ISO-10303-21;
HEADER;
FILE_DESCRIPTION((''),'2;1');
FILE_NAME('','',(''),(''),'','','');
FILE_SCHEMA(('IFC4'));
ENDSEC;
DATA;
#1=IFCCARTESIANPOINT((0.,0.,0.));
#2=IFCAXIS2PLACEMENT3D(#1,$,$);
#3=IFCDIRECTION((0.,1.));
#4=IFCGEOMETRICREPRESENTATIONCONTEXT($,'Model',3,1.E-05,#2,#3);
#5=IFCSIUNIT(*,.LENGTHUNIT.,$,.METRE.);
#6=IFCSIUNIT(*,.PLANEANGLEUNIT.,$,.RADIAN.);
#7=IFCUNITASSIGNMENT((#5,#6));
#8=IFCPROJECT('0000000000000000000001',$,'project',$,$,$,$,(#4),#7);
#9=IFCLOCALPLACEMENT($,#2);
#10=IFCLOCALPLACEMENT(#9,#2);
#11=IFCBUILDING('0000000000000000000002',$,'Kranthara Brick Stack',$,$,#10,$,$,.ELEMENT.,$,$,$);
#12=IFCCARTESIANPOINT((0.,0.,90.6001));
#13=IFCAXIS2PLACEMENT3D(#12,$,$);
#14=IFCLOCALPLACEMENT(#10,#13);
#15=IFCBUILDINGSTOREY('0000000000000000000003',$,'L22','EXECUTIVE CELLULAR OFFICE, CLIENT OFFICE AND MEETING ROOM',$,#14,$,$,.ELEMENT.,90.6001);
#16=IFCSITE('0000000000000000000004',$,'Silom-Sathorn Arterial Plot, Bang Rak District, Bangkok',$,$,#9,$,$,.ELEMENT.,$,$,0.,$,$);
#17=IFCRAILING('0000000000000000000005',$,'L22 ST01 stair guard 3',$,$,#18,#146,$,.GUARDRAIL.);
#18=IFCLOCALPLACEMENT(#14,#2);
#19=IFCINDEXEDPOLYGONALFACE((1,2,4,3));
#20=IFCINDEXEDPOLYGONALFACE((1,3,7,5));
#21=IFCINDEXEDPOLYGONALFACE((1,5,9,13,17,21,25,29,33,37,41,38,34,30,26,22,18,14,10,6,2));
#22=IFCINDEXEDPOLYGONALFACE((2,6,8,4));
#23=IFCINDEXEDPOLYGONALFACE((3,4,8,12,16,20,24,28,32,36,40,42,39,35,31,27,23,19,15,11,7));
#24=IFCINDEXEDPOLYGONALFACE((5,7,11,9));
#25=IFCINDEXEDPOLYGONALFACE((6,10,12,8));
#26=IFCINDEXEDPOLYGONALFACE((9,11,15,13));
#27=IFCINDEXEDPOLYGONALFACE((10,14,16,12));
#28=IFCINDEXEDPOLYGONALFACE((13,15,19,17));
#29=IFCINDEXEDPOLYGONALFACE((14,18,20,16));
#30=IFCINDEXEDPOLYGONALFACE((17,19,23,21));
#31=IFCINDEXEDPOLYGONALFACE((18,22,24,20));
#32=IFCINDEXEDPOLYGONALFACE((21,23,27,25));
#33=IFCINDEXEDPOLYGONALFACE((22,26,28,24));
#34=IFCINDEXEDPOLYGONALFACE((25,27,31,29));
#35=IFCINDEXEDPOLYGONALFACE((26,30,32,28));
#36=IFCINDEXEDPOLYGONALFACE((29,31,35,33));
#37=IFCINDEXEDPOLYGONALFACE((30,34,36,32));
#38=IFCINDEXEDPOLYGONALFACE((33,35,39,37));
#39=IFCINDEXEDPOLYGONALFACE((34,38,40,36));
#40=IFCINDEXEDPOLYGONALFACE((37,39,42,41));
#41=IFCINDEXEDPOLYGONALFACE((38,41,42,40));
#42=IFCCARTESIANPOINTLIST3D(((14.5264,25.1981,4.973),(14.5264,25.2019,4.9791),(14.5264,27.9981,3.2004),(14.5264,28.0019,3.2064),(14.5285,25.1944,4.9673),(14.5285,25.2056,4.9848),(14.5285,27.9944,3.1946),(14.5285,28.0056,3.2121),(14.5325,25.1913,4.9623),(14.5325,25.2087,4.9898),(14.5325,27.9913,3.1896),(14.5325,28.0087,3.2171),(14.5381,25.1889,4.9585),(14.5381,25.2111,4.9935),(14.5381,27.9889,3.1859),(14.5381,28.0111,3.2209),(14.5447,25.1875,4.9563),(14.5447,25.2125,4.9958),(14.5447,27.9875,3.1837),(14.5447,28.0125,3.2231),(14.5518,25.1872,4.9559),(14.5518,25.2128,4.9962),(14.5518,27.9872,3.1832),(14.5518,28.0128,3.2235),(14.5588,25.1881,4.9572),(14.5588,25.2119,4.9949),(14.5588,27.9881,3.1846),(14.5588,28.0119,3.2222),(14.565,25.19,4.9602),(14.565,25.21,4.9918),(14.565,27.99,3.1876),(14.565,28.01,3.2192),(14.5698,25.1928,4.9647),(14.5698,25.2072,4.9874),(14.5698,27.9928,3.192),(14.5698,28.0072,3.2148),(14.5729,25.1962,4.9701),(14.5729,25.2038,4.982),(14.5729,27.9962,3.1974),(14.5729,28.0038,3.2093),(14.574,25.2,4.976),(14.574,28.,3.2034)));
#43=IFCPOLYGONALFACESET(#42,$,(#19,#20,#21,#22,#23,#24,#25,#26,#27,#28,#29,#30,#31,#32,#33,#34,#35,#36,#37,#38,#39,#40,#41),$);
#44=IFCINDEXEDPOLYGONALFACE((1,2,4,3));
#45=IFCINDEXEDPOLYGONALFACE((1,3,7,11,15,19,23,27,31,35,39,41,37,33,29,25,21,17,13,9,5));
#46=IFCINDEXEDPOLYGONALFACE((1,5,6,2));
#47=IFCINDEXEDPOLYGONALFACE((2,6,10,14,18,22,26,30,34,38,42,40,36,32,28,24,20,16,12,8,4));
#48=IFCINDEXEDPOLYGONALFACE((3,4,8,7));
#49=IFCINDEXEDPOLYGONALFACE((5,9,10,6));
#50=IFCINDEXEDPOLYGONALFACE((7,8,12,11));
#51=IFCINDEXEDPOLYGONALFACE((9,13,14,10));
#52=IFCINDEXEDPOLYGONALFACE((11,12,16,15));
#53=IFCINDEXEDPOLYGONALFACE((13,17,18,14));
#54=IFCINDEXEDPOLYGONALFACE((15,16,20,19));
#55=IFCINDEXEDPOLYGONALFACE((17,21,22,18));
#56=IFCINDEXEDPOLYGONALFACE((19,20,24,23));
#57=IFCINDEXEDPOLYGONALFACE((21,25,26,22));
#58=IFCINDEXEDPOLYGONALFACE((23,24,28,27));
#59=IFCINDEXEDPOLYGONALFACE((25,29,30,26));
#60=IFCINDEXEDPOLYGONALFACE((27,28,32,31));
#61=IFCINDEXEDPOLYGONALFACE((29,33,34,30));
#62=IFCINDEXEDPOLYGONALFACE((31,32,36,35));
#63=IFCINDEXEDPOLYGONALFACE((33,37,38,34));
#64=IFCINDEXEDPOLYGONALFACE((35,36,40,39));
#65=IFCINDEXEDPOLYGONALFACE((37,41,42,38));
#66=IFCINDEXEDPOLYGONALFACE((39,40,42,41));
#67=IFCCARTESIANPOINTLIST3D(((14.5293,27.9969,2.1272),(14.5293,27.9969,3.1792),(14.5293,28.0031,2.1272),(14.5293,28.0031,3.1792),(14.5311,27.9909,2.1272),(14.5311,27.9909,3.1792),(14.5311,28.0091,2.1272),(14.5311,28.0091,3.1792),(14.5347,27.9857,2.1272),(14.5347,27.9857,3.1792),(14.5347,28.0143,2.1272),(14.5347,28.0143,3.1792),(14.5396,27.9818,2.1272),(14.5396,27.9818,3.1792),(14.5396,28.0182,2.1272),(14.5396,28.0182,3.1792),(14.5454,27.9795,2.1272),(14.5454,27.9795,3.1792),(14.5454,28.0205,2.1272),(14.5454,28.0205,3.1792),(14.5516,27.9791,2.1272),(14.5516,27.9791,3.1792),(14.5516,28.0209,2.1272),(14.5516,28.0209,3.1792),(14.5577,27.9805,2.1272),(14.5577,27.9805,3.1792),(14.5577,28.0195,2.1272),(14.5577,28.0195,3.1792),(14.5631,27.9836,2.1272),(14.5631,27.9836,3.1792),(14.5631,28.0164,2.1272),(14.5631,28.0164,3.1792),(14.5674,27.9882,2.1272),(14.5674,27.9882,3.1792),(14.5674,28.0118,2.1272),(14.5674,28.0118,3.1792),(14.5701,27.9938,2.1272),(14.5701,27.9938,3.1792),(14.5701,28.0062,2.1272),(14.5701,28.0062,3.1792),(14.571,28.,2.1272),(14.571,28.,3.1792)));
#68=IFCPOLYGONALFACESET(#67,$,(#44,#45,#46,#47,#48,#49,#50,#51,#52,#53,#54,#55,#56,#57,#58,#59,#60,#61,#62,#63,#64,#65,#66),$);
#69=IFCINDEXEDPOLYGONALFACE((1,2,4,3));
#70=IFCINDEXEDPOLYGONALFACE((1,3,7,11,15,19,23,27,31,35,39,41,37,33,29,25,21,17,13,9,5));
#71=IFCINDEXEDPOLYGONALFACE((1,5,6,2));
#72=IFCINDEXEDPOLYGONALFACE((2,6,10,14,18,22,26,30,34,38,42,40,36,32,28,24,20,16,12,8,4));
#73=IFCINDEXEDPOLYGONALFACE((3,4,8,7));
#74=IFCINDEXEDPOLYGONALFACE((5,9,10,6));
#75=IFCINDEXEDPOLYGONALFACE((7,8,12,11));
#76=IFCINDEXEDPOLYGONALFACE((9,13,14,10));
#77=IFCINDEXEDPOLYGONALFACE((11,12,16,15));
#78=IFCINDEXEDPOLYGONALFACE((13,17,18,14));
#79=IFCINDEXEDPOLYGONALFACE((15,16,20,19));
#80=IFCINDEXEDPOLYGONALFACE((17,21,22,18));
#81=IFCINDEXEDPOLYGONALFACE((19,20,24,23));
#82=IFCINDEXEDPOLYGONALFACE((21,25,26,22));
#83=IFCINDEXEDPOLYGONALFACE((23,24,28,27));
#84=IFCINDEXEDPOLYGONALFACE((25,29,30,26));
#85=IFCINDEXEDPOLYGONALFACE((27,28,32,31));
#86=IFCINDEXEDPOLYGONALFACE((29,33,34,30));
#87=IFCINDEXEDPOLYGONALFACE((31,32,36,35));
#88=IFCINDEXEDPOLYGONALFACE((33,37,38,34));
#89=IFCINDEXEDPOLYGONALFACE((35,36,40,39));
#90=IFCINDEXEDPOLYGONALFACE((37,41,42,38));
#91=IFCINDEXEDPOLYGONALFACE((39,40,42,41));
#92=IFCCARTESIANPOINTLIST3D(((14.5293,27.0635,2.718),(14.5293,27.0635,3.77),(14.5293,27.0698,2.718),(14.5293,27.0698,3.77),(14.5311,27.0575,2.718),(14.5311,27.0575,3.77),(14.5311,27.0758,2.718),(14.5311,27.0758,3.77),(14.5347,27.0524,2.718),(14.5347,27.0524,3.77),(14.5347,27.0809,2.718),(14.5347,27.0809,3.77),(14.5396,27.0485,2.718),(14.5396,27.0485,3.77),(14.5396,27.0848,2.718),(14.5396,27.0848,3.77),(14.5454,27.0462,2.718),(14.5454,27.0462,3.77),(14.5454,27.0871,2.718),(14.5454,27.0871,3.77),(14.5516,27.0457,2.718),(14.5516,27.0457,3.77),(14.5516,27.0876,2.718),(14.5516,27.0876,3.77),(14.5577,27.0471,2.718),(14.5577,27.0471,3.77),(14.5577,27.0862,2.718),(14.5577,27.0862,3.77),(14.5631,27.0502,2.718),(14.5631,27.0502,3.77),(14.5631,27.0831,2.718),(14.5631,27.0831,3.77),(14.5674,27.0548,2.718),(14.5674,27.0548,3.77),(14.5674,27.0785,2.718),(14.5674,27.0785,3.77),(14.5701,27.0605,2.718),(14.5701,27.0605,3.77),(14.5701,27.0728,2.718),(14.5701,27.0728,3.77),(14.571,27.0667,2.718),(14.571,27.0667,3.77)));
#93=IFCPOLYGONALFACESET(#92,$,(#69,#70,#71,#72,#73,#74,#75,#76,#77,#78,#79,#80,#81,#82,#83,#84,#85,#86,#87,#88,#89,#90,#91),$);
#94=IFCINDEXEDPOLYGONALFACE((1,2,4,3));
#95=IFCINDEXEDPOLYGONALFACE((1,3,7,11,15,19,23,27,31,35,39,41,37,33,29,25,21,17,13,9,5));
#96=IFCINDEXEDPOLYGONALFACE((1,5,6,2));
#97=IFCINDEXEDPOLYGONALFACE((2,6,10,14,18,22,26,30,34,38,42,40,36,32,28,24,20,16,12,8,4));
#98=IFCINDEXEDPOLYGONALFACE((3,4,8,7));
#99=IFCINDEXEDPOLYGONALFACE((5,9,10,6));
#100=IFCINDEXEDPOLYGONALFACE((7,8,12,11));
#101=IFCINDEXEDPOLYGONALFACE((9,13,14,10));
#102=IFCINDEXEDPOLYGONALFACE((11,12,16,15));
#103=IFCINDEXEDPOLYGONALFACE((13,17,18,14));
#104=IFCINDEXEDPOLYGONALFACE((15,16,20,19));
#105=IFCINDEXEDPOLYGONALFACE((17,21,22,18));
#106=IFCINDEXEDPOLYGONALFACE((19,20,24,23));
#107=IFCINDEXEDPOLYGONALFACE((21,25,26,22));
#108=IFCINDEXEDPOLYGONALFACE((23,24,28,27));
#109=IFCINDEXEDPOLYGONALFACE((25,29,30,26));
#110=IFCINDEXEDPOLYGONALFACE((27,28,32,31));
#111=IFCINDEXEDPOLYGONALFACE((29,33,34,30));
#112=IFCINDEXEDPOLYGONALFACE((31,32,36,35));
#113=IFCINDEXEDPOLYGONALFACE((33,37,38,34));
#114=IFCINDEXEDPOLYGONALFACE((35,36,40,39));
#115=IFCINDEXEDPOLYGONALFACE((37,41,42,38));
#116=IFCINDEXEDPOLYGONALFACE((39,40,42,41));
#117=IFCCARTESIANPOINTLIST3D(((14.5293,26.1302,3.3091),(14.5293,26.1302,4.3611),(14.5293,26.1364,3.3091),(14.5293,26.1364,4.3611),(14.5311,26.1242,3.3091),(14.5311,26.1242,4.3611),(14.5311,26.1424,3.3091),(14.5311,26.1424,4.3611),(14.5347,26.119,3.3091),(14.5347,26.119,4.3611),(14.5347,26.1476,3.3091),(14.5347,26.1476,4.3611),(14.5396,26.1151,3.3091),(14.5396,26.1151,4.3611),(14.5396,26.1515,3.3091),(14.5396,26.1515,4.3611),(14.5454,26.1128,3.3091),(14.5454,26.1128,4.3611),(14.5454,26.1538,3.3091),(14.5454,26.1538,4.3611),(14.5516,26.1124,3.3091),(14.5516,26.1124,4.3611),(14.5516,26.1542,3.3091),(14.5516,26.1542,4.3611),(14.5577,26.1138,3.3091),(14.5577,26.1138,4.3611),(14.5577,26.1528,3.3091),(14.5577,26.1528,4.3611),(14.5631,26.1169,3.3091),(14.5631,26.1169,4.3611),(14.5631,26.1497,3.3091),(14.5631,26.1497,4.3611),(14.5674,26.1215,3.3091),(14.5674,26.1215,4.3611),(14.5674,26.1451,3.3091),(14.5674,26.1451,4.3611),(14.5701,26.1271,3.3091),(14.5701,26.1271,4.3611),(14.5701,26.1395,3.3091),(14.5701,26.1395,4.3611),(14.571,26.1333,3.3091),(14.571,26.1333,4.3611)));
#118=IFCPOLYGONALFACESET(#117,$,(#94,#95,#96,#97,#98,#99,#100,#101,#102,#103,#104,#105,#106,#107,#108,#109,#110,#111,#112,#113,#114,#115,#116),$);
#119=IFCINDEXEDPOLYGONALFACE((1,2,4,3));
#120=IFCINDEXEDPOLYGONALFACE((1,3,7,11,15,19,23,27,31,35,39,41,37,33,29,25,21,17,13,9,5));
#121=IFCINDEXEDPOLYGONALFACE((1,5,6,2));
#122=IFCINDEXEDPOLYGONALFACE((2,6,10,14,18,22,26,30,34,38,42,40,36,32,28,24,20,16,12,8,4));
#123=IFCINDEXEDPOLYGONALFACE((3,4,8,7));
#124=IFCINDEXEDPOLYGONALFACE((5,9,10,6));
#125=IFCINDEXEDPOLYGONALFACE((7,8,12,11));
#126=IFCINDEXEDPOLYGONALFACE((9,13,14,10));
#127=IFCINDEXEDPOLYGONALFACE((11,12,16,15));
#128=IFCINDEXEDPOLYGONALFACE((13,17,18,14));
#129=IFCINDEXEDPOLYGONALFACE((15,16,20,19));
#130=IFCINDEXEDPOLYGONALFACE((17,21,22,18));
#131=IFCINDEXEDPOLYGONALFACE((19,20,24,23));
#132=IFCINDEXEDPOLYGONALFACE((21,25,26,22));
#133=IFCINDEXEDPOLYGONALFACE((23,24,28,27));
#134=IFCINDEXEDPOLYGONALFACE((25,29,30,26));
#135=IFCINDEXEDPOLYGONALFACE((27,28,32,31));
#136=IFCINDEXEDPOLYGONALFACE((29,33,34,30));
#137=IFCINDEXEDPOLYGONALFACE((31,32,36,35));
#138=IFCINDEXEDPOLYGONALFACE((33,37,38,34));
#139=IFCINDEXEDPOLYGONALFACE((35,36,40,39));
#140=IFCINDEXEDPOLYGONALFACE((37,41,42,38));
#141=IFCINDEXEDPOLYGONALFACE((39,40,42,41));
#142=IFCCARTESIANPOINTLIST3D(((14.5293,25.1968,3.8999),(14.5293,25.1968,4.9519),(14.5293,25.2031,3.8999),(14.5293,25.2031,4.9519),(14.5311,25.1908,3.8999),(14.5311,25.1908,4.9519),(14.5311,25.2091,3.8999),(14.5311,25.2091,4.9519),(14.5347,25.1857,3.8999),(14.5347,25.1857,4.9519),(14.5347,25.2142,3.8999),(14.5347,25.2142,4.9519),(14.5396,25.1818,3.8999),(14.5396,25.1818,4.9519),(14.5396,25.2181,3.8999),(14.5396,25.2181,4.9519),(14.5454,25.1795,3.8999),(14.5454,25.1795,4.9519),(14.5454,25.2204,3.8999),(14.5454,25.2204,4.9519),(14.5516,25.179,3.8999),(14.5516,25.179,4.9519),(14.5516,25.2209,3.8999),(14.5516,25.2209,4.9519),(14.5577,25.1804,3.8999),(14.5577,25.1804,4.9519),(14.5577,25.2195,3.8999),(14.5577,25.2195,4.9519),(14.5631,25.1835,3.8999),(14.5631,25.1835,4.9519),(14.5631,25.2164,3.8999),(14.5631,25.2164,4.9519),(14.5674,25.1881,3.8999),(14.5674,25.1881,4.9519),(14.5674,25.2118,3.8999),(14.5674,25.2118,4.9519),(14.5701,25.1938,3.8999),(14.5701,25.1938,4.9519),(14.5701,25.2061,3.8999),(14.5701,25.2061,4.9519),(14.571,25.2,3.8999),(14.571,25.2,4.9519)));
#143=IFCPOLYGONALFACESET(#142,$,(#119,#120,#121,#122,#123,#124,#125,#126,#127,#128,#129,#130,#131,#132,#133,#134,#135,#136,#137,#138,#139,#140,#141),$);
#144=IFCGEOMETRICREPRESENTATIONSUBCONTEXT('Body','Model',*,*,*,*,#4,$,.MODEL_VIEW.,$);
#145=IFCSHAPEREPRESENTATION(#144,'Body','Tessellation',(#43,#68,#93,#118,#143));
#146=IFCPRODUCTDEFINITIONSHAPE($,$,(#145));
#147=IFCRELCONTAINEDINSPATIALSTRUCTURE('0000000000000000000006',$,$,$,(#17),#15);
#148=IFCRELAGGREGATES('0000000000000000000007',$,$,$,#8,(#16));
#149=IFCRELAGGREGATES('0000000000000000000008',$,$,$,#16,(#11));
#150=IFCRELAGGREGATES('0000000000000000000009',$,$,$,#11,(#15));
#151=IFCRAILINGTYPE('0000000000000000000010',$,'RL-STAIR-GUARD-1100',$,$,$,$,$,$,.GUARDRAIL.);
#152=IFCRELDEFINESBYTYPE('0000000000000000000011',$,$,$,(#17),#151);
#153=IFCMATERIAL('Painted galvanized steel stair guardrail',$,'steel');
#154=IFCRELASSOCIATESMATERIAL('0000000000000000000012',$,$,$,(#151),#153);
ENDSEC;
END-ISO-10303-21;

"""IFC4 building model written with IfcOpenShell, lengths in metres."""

from ifc_helpers import new_model, si_unit, direction, frame, origin, origin_2d, place, context, subcontext, project, spatial, circle, extrude, material, type_object, element, save


model = new_model("IFC4")

# Units and contexts
model_context = context("Model", 3, precision=1e-05, world=origin(), true_north=direction((0.0, 1.0)))
body_context = subcontext(model_context, "Body", "Model", "MODEL_VIEW")
ifc_project = project(units=[si_unit("LENGTHUNIT", "METRE"), si_unit("PLANEANGLEUNIT", "RADIAN")], contexts=[model_context])

# Site, building, storey
site_placement = place(None, origin())
site = spatial("IfcSite", under=ifc_project, at=site_placement, Name="Silom-Sathorn Arterial Plot, Bang Rak District, Bangkok", CompositionType="ELEMENT", RefElevation=0.0)
building_placement = place(site_placement, origin())
building = spatial("IfcBuilding", under=site, at=building_placement, Name="Kranthara Brick Stack", CompositionType="ELEMENT")
storey_placement = place(building_placement, frame((0.0, 0.0, 90.6001)))
storey = spatial("IfcBuildingStorey", under=building, at=storey_placement, Name="L22", Description="EXECUTIVE CELLULAR OFFICE, CLIENT OFFICE AND MEETING ROOM", CompositionType="ELEMENT", Elevation=90.6001)

# Railing
ifc_material_1 = material(Name="Painted galvanized steel stair guardrail", Category="steel")
railing_type_1 = type_object("IfcRailingType", Name="RL-STAIR-GUARD-1100", PredefinedType="GUARDRAIL", material=ifc_material_1)
railing_1_placement = place(storey_placement, frame((14.55, 28.0, 2.1272)))
element("IfcRailing", 1, at=railing_1_placement, inside=storey, type_object=railing_type_1, Name="L22 ST01 stair guard 3", PredefinedType="GUARDRAIL", context=body_context, shape_type="SweptSolid", body=[
    extrude(circle(Radius=0.0239, at=origin_2d()), frame((0.0, 0.0, 1.0762), z_axis=(0.0, -0.844909, 0.53491), x_axis=(1.0, 0.0, 0.0)), (0.0, 0.0, 1.0), 3.314),
    extrude(circle(Radius=0.021, at=origin_2d()), origin(), (0.0, 0.0, 1.0), 1.052),
    extrude(circle(Radius=0.021, at=origin_2d()), frame((0.0, -0.9333, 0.5908)), (0.0, 0.0, 1.0), 1.052),
    extrude(circle(Radius=0.021, at=origin_2d()), frame((0.0, -1.8667, 1.1819)), (0.0, 0.0, 1.0), 1.052),
    extrude(circle(Radius=0.021, at=origin_2d()), frame((0.0, -2.8, 1.7727)), (0.0, 0.0, 1.0), 1.052),
])

save(model, "model.ifc")
